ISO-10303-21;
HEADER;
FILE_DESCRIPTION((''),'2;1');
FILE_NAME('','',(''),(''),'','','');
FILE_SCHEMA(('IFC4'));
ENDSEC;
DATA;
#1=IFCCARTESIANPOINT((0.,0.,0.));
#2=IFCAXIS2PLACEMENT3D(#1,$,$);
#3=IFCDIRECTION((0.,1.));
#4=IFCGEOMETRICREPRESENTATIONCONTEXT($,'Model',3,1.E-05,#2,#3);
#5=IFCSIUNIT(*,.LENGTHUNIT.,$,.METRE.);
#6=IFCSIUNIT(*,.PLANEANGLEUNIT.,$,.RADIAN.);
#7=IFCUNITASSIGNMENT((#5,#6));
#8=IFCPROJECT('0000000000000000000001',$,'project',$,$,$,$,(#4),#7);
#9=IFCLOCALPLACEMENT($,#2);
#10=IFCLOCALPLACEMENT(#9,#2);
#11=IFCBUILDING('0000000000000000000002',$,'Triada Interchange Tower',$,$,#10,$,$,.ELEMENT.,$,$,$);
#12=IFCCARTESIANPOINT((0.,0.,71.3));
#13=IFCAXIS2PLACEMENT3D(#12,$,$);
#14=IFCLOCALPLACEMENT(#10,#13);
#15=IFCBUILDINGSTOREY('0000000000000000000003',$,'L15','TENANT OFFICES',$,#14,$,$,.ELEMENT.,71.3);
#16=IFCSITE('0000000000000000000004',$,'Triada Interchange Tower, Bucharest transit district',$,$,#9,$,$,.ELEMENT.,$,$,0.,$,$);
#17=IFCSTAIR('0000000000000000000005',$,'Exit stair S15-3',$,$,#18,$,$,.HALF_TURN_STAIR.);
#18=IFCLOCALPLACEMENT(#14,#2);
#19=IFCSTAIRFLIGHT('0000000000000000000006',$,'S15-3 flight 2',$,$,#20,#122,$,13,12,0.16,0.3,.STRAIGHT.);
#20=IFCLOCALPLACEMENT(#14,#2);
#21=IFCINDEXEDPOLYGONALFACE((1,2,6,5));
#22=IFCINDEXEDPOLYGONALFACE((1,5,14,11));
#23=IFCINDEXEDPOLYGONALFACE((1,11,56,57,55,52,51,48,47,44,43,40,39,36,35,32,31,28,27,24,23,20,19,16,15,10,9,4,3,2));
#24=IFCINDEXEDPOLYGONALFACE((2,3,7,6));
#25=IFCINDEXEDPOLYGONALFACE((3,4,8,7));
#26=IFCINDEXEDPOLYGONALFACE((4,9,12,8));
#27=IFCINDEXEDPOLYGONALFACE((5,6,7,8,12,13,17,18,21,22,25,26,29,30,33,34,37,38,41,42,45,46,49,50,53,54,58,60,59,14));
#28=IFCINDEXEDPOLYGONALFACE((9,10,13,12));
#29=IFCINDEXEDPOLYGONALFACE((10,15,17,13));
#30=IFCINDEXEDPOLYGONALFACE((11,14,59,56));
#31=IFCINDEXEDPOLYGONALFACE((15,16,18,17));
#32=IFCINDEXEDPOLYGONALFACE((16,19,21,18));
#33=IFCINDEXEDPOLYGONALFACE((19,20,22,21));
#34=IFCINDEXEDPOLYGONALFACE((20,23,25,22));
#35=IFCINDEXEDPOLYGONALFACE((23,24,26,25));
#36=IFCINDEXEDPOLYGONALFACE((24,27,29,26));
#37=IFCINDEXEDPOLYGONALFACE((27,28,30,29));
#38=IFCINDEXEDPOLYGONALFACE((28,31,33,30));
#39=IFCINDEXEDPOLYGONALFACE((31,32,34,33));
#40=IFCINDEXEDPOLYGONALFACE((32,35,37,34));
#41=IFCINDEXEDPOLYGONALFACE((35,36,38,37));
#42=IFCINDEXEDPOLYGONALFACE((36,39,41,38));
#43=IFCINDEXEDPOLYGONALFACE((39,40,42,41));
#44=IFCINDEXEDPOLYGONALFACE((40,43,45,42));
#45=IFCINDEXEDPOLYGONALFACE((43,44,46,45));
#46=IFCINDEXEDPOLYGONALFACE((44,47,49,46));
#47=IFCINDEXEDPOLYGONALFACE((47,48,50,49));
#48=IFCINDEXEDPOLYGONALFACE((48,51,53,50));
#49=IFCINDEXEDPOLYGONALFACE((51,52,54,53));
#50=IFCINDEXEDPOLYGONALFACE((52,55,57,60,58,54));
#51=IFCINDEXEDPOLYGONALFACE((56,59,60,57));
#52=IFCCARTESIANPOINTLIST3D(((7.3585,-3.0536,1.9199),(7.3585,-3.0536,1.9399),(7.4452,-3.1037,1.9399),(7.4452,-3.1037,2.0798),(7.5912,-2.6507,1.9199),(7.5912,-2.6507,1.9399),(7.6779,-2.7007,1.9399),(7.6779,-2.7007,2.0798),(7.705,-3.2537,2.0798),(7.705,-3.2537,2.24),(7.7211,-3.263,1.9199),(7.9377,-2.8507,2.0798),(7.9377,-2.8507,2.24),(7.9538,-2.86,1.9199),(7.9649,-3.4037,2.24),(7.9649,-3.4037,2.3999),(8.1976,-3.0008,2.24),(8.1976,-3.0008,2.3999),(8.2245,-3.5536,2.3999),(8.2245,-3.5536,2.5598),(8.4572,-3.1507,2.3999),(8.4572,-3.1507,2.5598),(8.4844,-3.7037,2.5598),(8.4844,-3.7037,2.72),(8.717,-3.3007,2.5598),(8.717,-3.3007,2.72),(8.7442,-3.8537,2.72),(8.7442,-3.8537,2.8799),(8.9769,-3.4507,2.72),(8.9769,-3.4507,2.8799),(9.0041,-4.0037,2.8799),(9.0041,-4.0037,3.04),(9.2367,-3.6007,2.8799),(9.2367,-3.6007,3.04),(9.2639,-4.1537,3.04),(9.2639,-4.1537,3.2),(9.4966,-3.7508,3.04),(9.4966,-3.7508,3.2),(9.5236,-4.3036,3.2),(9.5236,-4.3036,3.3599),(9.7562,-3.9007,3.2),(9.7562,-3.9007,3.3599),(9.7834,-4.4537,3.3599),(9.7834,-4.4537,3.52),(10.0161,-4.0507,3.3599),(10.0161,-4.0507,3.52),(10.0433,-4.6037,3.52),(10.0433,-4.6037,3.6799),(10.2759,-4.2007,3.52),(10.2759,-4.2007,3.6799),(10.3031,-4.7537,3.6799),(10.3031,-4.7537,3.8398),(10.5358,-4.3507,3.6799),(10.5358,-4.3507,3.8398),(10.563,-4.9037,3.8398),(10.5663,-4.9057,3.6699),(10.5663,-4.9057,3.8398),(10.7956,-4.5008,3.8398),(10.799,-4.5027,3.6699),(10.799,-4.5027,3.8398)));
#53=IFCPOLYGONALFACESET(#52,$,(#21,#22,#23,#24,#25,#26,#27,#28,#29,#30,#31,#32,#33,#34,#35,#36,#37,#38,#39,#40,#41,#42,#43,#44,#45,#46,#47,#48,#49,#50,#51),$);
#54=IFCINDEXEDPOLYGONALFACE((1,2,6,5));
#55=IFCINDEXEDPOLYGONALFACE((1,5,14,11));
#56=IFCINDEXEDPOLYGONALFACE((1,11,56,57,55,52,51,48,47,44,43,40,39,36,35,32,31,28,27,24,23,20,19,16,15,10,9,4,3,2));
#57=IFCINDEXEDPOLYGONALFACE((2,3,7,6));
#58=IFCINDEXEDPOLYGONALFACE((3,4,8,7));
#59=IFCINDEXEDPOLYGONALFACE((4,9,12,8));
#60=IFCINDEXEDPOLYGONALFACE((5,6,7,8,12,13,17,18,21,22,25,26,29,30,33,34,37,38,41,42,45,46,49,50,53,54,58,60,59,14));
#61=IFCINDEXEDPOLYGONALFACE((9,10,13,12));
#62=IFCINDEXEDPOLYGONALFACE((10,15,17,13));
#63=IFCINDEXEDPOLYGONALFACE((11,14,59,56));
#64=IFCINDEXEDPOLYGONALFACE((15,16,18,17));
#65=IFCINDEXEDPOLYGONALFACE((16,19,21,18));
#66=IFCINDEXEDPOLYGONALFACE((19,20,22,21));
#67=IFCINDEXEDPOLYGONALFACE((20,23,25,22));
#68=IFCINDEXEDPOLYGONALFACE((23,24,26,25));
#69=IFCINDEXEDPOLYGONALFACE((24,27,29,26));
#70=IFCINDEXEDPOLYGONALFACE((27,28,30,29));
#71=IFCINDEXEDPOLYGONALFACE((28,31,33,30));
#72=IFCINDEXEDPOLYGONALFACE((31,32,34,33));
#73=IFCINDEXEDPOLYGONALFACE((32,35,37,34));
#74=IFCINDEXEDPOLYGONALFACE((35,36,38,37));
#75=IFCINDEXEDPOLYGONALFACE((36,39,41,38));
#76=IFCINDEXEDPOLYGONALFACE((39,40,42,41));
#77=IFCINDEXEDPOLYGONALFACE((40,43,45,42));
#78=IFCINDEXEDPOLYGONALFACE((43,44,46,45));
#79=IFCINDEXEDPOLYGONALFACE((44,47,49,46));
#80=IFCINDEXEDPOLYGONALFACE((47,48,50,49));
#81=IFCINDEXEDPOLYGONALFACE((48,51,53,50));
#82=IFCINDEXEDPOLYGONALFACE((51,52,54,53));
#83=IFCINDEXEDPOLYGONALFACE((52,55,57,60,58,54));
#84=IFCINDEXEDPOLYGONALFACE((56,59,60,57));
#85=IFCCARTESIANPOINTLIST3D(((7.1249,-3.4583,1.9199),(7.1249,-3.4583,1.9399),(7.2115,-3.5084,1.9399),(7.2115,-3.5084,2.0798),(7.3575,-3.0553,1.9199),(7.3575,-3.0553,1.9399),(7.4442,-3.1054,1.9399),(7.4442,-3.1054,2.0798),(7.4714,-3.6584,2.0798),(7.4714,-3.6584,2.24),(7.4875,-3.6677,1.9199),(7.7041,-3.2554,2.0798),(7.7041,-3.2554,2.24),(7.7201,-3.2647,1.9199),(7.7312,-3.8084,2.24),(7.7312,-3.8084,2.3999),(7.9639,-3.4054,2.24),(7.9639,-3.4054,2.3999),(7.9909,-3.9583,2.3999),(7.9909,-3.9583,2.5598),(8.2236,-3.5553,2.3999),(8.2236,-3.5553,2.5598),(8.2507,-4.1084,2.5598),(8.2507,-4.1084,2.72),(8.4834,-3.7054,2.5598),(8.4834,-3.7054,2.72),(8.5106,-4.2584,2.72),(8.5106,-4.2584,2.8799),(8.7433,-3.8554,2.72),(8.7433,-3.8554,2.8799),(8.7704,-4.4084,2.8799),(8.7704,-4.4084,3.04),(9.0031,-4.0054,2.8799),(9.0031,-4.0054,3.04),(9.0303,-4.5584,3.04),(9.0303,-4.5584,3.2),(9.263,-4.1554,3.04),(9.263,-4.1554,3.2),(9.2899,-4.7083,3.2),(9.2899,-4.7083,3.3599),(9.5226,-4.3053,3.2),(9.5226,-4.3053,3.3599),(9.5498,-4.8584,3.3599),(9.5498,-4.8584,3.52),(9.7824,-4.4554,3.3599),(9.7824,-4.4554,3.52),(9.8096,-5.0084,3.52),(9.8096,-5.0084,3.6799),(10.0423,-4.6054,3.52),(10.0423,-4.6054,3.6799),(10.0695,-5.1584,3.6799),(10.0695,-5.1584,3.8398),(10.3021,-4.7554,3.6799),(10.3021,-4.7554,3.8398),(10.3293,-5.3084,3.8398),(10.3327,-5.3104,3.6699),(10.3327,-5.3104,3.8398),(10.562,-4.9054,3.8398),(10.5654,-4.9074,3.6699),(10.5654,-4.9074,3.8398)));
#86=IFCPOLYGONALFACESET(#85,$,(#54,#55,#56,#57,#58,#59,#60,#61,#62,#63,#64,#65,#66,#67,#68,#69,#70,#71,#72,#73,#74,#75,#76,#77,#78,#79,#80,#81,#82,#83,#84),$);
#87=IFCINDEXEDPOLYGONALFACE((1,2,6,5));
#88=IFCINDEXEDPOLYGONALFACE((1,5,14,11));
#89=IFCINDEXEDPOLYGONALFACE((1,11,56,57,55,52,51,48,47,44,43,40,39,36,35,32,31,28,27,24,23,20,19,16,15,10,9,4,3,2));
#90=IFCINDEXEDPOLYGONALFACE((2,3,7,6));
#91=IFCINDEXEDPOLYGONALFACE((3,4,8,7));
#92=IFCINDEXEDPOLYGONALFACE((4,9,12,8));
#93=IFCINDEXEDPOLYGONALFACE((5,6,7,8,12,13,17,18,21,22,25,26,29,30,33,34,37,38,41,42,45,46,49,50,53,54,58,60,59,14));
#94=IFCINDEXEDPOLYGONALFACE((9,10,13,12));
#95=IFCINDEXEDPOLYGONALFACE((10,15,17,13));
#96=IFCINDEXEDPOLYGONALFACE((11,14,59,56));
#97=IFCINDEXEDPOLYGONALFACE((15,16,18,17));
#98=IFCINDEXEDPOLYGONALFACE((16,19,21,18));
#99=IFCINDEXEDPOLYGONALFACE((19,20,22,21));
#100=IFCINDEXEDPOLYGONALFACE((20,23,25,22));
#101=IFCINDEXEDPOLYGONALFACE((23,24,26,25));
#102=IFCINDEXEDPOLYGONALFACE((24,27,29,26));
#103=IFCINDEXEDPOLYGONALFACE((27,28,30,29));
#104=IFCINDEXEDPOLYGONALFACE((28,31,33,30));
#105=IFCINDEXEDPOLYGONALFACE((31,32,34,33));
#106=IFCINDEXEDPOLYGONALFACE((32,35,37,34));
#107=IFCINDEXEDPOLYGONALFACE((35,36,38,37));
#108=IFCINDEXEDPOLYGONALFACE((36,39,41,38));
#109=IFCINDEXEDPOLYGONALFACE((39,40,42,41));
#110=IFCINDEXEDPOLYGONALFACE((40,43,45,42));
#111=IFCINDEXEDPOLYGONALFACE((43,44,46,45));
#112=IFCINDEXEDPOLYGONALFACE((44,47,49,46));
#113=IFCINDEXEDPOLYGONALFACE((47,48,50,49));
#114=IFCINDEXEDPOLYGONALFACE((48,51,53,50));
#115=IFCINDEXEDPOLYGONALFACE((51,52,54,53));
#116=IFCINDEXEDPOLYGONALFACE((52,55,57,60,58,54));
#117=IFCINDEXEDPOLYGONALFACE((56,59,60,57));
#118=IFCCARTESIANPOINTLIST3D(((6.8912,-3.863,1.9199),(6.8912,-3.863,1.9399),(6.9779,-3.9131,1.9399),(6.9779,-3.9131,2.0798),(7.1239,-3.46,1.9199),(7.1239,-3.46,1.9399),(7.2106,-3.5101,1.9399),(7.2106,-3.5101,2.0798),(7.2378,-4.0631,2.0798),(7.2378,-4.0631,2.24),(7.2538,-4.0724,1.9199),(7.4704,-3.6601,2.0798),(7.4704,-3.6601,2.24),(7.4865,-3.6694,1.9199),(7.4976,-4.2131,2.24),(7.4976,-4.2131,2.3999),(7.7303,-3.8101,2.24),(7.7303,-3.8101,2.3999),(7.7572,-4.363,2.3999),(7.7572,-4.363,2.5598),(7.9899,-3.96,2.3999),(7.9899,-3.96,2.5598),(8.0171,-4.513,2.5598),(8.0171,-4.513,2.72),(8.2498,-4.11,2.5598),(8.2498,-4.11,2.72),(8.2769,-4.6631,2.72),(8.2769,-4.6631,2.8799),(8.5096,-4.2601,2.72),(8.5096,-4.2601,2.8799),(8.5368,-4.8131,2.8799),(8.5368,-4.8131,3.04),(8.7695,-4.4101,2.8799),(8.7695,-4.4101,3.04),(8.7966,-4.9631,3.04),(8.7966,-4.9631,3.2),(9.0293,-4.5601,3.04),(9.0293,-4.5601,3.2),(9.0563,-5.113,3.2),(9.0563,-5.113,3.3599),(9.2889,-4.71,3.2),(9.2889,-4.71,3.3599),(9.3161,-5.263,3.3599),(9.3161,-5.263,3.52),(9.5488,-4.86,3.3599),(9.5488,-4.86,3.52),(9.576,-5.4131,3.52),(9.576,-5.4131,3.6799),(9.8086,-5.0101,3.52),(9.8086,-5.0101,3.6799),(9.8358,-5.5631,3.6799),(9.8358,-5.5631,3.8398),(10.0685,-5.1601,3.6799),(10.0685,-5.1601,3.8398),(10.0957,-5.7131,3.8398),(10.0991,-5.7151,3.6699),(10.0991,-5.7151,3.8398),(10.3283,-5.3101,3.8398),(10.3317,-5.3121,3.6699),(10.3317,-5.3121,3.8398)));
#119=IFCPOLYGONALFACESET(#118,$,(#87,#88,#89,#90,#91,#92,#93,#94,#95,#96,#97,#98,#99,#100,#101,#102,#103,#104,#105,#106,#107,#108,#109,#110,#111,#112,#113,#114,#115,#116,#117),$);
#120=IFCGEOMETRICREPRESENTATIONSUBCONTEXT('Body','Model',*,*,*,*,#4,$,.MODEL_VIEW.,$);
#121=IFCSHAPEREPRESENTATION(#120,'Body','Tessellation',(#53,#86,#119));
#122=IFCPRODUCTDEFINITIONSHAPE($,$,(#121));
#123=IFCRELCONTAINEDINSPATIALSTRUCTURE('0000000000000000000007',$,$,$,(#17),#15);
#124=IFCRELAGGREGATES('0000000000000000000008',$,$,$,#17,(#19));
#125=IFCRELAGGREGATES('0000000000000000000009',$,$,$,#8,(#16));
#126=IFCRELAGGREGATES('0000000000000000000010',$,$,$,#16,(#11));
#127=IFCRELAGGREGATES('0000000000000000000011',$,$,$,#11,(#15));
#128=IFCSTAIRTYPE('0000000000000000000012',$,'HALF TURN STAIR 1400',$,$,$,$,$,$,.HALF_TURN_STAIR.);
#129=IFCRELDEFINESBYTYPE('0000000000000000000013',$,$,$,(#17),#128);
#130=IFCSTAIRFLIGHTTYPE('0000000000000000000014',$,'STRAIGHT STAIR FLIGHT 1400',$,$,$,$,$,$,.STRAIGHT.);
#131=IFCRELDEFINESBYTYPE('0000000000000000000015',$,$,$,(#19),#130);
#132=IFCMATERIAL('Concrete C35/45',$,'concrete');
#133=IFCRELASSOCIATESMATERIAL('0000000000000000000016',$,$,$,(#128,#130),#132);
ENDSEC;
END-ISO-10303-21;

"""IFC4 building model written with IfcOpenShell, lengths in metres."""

from ifc_helpers import new_model, si_unit, direction, frame, origin, place, context, subcontext, project, spatial, polyline, outline, extrude, material, type_object, element, aggregate, save


model = new_model("IFC4")

# Units and contexts
model_context = context("Model", 3, precision=1e-05, world=origin(), true_north=direction((0.0, 1.0)))
body_context = subcontext(model_context, "Body", "Model", "MODEL_VIEW")
ifc_project = project(units=[si_unit("LENGTHUNIT", "METRE"), si_unit("PLANEANGLEUNIT", "RADIAN")], contexts=[model_context])

# Site, building, storey
site_placement = place(None, origin())
site = spatial("IfcSite", under=ifc_project, at=site_placement, Name="Triada Interchange Tower, Bucharest transit district", CompositionType="ELEMENT", RefElevation=0.0)
building_placement = place(site_placement, origin())
building = spatial("IfcBuilding", under=site, at=building_placement, Name="Triada Interchange Tower", CompositionType="ELEMENT")
storey_placement = place(building_placement, frame((0.0, 0.0, 71.3)))
storey = spatial("IfcBuildingStorey", under=building, at=storey_placement, Name="L15", Description="TENANT OFFICES", CompositionType="ELEMENT", Elevation=71.3)

# Stair, stair flight
ifc_material_1 = material(Name="Concrete C35/45", Category="concrete")
stair_type = type_object("IfcStairType", Name="HALF TURN STAIR 1400", PredefinedType="HALF_TURN_STAIR", material=ifc_material_1)
stair_placement = place(storey_placement, origin())
stair = element("IfcStair", 1, at=stair_placement, inside=storey, type_object=stair_type, Name="Exit stair S15-3", PredefinedType="HALF_TURN_STAIR")
stair_flight_type = type_object("IfcStairFlightType", Name="STRAIGHT STAIR FLIGHT 1400", PredefinedType="STRAIGHT", material=ifc_material_1)
stair_flight_1_placement = place(storey_placement, frame((7.3279, -3.3069, 1.9199), z_axis=(0.0, 0.0, 1.0), x_axis=(0.866025, -0.5, 0.0)))
stair_flight_1 = element("IfcStairFlight", 2, at=stair_flight_1_placement, type_object=stair_flight_type, Name="S15-3 flight 2", NumberOfRisers=13, NumberOfTreads=12, PredefinedType="STRAIGHT", RiserHeight=0.16, TreadLength=0.3, context=body_context, shape_type="SweptSolid", body=[
    extrude(outline(polyline([(-0.1001, 0.0), (-0.1001, 0.02), (0.0, 0.02), (0.0, 0.1599), (0.3, 0.1599), (0.3, 0.3201), (0.6001, 0.3201), (0.6001, 0.48), (0.8999, 0.48), (0.8999, 0.6399), (1.2, 0.6399), (1.2, 0.8), (1.5, 0.8), (1.5, 0.96), (1.8, 0.96), (1.8, 1.1201), (2.1001, 1.1201), (2.1001, 1.28), (2.3999, 1.28), (2.3999, 1.4399), (2.7, 1.4399), (2.7, 1.6001), (3.0, 1.6001), (3.0, 1.76), (3.3, 1.76), (3.3, 1.9199), (3.6001, 1.9199), (3.604, 1.9199), (3.604, 2.0801), (3.604, 1.75), (0.3186, 0.0), (-0.1001, 0.0)])), frame((0.0, 0.7, 0.0), z_axis=(0.0, -1.0, 0.0), x_axis=(1.0, 0.0, 0.0)), (0.0, 0.0, 1.0), 0.4653),
    extrude(outline(polyline([(-0.1001, 0.0), (-0.1001, 0.02), (0.0, 0.02), (0.0, 0.1599), (0.3, 0.1599), (0.3, 0.3201), (0.6001, 0.3201), (0.6001, 0.48), (0.8999, 0.48), (0.8999, 0.6399), (1.2, 0.6399), (1.2, 0.8), (1.5, 0.8), (1.5, 0.96), (1.8, 0.96), (1.8, 1.1201), (2.1001, 1.1201), (2.1001, 1.28), (2.3999, 1.28), (2.3999, 1.4399), (2.7, 1.4399), (2.7, 1.6001), (3.0, 1.6001), (3.0, 1.76), (3.3, 1.76), (3.3, 1.9199), (3.6001, 1.9199), (3.604, 1.9199), (3.604, 2.0801), (3.604, 1.75), (0.3186, 0.0), (-0.1001, 0.0)])), frame((0.0, 0.2327, 0.0), z_axis=(0.0, -1.0, 0.0), x_axis=(1.0, 0.0, 0.0)), (0.0, 0.0, 1.0), 0.4653),
    extrude(outline(polyline([(-0.1001, 0.0), (-0.1001, 0.02), (0.0, 0.02), (0.0, 0.1599), (0.3, 0.1599), (0.3, 0.3201), (0.6001, 0.3201), (0.6001, 0.48), (0.8999, 0.48), (0.8999, 0.6399), (1.2, 0.6399), (1.2, 0.8), (1.5, 0.8), (1.5, 0.96), (1.8, 0.96), (1.8, 1.1201), (2.1001, 1.1201), (2.1001, 1.28), (2.3999, 1.28), (2.3999, 1.4399), (2.7, 1.4399), (2.7, 1.6001), (3.0, 1.6001), (3.0, 1.76), (3.3, 1.76), (3.3, 1.9199), (3.6001, 1.9199), (3.604, 1.9199), (3.604, 2.0801), (3.604, 1.75), (0.3186, 0.0), (-0.1001, 0.0)])), frame((0.0, -0.2346, 0.0), z_axis=(0.0, -1.0, 0.0), x_axis=(1.0, 0.0, 0.0)), (0.0, 0.0, 1.0), 0.4653),
])
aggregate(stair, [stair_flight_1])

save(model, "model.ifc")
